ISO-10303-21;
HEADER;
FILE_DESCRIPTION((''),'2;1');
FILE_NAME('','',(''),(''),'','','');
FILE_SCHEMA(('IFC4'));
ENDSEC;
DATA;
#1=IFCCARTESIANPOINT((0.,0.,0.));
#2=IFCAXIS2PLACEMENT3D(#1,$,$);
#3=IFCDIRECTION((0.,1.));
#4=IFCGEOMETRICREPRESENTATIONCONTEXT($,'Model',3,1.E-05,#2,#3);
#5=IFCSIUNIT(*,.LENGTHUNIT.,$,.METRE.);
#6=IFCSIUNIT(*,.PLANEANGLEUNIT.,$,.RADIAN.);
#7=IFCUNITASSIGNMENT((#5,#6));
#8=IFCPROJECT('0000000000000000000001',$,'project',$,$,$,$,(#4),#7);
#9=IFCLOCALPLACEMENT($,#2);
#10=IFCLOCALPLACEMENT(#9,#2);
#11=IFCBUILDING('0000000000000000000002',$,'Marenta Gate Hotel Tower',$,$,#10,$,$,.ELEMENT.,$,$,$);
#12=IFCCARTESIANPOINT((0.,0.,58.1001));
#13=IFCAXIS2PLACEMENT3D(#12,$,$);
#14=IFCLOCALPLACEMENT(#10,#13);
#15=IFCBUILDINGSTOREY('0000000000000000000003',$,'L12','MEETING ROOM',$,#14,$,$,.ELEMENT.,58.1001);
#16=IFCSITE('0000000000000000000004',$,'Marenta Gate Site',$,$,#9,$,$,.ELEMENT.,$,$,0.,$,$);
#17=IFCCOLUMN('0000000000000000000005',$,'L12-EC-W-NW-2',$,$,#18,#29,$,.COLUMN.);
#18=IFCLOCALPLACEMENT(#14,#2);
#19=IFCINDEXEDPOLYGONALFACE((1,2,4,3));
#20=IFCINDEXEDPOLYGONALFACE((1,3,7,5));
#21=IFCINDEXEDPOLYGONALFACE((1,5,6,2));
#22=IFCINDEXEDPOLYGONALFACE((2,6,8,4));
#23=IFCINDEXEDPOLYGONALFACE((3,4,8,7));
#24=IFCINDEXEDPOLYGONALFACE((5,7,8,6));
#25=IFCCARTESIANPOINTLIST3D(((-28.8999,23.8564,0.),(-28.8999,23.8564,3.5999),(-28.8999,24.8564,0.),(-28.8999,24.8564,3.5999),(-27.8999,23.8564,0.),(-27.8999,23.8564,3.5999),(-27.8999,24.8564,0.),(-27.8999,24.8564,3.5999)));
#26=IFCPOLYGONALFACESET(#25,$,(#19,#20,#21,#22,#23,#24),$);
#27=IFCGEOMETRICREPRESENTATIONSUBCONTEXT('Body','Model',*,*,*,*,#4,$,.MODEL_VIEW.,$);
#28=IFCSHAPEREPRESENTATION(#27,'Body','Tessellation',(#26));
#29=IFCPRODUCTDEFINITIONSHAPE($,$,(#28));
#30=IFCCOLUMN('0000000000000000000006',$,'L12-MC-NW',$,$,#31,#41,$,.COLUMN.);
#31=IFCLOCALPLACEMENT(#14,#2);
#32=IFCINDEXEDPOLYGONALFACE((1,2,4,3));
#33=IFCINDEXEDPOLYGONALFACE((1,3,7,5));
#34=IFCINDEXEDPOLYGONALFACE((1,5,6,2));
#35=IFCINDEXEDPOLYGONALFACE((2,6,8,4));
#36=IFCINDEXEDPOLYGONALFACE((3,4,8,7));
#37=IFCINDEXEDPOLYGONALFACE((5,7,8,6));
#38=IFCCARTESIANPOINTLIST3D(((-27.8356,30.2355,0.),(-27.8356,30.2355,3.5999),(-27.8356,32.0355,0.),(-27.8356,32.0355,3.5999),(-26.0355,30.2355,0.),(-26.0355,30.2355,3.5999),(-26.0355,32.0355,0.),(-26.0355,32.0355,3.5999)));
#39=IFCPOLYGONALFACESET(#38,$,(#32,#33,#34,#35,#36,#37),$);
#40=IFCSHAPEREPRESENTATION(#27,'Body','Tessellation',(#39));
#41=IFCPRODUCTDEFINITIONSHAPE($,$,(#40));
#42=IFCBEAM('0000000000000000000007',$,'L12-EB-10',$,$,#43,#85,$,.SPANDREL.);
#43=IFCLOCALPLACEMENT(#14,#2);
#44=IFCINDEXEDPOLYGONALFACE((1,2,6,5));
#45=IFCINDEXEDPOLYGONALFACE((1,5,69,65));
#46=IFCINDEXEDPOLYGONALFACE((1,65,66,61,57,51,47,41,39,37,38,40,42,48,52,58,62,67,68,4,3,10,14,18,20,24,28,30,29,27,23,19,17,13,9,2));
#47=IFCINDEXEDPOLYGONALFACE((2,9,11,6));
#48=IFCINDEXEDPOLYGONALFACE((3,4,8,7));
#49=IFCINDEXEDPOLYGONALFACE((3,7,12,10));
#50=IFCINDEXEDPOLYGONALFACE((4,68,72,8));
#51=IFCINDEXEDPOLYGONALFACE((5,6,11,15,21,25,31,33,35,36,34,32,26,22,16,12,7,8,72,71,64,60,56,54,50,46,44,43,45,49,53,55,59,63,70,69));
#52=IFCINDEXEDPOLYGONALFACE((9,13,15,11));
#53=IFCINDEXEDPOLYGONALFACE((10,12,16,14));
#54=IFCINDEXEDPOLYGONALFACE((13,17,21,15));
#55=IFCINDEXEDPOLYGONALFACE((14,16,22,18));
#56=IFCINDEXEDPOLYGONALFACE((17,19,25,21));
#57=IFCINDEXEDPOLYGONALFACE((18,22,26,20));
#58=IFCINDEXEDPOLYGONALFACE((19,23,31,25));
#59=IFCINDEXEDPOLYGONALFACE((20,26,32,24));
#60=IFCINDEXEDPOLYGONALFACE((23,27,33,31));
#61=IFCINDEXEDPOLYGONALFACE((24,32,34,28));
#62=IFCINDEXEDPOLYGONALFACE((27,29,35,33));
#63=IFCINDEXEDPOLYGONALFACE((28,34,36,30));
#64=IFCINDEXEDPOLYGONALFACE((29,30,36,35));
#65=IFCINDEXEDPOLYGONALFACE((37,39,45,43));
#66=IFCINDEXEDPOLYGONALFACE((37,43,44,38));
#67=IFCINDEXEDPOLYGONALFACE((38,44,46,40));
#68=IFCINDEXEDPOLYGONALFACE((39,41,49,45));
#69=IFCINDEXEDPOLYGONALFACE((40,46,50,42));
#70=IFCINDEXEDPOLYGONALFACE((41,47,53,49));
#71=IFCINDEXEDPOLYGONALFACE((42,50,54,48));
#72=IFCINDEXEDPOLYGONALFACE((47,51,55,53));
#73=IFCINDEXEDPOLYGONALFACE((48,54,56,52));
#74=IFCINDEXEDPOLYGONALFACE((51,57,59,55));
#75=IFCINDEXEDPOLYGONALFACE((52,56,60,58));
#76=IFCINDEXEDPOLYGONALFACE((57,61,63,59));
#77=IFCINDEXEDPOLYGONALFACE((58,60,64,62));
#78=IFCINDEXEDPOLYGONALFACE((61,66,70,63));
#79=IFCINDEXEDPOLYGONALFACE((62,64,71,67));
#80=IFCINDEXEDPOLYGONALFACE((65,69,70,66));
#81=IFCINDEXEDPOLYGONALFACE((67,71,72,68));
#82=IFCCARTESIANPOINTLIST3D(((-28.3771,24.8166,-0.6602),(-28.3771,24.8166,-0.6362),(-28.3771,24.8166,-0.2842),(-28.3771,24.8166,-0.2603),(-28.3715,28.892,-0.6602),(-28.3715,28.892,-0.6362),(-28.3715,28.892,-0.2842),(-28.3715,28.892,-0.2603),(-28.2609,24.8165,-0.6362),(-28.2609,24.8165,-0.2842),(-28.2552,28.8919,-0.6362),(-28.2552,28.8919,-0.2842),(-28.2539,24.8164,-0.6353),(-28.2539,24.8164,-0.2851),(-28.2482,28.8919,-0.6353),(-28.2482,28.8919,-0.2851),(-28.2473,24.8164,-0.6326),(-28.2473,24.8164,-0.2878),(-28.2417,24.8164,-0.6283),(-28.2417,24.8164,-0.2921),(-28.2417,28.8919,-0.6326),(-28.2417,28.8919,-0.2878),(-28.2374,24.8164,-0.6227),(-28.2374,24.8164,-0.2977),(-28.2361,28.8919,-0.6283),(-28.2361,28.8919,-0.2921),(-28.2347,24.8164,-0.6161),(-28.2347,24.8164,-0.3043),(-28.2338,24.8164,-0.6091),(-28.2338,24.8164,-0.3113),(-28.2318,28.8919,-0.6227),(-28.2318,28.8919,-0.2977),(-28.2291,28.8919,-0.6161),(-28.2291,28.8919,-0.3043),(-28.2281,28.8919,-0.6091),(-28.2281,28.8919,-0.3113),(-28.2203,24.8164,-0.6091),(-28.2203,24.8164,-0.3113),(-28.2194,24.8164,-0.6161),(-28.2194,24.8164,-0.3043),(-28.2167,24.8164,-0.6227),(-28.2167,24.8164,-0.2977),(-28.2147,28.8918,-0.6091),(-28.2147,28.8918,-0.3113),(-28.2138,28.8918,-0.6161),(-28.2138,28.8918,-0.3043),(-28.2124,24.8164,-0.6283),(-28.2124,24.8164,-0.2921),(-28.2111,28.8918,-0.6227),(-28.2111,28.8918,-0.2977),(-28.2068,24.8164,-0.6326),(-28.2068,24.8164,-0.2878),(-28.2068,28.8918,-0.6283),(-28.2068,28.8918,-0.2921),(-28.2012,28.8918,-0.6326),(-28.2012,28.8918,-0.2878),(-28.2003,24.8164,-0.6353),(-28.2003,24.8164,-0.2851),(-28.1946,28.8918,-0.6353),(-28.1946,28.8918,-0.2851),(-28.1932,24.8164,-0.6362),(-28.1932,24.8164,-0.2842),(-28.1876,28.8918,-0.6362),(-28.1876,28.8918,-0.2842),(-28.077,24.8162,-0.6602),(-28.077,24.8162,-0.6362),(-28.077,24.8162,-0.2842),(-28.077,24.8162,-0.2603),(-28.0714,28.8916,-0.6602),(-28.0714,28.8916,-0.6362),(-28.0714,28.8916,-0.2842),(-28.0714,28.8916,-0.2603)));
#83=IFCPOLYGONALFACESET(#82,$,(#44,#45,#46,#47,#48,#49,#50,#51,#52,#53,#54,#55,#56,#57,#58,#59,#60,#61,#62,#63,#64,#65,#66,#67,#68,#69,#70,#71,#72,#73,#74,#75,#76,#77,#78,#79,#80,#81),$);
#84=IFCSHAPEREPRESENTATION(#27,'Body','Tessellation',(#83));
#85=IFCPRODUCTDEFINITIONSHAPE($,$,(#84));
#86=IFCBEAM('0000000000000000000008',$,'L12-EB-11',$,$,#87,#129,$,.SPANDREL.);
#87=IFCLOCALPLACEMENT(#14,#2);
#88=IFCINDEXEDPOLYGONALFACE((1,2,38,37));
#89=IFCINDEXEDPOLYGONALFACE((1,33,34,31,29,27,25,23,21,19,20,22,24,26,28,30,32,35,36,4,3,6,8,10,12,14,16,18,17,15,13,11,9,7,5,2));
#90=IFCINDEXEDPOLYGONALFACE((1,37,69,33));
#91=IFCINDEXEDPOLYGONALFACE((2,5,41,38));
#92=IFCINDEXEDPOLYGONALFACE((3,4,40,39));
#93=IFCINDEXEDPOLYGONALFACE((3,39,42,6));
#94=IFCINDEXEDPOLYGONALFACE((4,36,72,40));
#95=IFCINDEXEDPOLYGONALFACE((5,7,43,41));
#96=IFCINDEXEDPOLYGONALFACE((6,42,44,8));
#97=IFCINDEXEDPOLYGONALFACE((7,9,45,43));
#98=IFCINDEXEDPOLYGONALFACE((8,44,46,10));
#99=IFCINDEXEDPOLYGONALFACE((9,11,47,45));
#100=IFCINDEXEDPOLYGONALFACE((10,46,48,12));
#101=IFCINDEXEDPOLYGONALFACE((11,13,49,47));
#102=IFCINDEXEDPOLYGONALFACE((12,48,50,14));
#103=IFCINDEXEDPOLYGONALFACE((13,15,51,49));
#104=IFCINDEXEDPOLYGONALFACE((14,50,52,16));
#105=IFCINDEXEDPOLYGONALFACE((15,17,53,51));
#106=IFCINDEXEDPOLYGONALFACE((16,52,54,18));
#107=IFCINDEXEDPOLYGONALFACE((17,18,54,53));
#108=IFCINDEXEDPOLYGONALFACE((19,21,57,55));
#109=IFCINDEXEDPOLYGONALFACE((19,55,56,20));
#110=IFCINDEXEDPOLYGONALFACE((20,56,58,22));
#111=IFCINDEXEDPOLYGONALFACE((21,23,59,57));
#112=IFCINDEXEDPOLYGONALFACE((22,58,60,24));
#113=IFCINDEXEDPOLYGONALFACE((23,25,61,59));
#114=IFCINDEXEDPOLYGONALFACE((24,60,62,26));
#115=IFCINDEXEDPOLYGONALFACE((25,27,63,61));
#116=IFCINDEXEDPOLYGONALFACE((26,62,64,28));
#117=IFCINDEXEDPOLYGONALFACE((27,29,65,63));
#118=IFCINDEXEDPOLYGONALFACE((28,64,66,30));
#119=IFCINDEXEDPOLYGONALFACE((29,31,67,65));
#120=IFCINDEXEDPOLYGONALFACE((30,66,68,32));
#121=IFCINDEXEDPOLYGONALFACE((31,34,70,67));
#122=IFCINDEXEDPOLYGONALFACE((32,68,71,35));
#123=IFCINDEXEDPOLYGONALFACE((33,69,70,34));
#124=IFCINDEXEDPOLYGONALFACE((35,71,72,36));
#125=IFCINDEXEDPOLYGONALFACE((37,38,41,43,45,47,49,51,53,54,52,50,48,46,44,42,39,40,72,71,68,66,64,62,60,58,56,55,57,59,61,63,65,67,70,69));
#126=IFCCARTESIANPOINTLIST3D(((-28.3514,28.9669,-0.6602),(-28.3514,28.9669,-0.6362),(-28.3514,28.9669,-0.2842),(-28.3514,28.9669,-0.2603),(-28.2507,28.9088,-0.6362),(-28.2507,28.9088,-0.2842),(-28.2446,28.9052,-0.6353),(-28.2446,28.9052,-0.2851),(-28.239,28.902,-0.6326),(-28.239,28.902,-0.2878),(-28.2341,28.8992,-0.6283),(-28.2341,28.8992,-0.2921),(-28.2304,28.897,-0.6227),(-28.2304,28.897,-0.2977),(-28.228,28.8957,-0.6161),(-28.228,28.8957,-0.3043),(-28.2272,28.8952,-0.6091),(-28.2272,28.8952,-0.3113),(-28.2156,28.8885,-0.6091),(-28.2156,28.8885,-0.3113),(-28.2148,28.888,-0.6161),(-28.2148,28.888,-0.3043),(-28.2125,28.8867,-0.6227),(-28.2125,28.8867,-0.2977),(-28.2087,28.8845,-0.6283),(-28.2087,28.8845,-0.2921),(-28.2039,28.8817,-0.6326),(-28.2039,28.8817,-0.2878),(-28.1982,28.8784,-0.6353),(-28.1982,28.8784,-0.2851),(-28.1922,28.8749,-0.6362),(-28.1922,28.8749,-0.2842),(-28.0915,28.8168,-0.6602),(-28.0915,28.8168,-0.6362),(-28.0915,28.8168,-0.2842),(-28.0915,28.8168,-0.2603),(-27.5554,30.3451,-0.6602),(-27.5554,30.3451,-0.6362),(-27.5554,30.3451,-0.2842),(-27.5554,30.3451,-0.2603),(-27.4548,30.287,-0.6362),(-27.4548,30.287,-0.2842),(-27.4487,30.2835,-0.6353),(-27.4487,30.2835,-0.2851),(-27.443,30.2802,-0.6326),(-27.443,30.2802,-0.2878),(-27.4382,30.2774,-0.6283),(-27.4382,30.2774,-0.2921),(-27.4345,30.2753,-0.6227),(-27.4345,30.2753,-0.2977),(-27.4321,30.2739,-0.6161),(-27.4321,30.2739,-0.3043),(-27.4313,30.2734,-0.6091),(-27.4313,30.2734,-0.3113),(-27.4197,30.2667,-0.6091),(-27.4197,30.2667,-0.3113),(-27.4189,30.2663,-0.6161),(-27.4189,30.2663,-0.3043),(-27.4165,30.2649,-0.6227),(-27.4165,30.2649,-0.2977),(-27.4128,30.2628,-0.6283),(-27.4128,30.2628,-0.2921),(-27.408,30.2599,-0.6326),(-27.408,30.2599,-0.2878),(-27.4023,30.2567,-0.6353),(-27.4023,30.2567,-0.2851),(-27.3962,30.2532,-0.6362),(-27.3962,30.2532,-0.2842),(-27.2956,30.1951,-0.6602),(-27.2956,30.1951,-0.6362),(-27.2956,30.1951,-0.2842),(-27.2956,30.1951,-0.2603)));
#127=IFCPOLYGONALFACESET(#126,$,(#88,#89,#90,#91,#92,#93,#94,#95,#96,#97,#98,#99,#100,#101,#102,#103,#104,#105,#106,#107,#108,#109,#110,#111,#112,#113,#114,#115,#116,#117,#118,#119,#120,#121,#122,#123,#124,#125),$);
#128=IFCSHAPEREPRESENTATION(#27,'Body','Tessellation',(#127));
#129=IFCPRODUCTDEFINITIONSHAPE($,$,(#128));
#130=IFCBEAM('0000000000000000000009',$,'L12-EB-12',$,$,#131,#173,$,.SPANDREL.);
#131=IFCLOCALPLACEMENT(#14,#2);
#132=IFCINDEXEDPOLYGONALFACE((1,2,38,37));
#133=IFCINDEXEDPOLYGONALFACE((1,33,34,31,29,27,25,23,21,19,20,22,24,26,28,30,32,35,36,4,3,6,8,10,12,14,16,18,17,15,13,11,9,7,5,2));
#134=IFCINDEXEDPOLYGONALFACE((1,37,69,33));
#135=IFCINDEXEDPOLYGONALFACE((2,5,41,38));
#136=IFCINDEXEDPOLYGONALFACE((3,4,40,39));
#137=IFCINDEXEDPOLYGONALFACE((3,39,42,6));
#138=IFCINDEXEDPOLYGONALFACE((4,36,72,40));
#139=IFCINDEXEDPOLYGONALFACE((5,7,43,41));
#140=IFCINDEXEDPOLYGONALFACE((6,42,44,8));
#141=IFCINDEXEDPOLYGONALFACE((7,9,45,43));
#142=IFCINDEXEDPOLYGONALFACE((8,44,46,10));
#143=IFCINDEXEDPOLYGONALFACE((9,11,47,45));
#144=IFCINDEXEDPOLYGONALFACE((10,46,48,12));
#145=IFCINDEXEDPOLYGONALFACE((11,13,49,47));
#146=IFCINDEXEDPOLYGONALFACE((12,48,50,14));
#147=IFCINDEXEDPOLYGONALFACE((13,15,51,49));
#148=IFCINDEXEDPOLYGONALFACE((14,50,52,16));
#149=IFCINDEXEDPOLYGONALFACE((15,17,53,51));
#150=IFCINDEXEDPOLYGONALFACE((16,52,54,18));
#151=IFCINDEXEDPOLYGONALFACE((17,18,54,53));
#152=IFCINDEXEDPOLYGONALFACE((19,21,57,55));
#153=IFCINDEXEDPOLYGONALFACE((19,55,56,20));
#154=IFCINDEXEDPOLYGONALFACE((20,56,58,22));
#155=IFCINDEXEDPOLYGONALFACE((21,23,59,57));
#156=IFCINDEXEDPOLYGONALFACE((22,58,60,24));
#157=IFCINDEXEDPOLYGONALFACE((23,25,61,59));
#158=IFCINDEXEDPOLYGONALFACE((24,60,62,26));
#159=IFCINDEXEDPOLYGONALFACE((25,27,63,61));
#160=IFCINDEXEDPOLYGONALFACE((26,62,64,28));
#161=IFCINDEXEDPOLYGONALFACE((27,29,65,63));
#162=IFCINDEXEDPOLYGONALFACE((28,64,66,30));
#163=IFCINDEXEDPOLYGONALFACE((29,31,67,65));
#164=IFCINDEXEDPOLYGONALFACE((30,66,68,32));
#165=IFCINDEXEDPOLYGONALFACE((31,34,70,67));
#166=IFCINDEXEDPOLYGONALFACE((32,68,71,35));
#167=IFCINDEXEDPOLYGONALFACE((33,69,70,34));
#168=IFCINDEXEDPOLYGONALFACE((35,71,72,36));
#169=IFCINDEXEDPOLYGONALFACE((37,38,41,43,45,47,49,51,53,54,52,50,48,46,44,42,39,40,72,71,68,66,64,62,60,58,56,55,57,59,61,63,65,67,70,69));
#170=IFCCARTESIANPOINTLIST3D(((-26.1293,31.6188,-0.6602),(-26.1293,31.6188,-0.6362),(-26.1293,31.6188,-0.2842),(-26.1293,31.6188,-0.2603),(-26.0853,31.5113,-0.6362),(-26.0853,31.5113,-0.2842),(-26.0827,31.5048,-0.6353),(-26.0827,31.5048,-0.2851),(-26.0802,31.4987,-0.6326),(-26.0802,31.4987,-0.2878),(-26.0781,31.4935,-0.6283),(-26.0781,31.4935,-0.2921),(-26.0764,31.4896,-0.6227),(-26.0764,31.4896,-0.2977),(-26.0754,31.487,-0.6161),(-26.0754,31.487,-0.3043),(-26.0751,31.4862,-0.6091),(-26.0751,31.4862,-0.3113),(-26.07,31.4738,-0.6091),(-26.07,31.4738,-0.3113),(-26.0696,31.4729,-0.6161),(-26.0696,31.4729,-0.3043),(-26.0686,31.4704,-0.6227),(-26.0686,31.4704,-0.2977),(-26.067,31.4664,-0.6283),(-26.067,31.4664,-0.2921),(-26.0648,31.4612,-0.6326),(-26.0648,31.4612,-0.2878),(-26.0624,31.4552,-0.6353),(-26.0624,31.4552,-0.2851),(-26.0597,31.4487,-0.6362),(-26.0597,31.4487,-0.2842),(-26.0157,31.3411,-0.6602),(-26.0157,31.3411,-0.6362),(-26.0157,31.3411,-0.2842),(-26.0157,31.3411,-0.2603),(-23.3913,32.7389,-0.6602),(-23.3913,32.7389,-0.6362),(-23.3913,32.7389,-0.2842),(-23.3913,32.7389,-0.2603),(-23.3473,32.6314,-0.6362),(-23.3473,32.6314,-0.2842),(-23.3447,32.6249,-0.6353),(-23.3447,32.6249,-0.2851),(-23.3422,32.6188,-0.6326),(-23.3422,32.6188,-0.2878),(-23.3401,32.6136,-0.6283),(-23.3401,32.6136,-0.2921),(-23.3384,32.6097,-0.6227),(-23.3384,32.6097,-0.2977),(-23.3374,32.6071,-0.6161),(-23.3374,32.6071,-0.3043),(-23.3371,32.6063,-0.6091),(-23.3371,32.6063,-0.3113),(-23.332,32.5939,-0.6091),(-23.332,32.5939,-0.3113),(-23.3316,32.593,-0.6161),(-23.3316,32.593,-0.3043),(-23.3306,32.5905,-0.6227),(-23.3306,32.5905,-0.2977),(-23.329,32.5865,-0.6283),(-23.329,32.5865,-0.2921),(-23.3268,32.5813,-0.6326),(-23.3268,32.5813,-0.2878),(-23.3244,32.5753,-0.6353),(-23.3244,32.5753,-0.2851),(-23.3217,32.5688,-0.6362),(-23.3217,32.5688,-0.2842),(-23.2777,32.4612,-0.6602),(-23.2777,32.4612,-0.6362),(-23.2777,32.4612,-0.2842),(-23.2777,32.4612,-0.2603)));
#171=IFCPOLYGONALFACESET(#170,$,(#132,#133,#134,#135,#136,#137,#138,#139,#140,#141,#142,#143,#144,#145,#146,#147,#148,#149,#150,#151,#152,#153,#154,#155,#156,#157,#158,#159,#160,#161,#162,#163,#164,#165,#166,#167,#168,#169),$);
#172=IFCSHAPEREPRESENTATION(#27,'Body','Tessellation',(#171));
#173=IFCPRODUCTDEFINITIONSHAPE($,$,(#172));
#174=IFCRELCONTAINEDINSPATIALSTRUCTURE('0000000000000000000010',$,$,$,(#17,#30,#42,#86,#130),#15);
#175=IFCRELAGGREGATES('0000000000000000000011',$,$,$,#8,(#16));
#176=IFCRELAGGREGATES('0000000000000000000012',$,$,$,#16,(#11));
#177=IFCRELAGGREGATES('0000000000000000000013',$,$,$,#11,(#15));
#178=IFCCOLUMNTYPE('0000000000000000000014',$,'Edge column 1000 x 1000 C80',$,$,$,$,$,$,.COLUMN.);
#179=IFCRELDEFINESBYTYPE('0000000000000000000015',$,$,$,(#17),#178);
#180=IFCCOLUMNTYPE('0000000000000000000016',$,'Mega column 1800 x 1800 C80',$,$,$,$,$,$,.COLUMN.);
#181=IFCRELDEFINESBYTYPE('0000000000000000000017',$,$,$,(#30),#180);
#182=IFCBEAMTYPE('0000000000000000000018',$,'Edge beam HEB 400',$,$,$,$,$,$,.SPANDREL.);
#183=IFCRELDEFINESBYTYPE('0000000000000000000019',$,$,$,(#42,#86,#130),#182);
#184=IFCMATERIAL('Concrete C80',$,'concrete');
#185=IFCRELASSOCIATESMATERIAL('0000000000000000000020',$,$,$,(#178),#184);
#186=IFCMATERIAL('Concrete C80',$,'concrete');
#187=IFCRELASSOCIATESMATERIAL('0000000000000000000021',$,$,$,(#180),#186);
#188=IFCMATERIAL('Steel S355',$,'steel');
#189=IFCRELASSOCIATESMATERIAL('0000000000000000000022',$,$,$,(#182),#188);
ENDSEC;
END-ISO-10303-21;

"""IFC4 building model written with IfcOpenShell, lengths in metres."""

from ifc_helpers import new_model, si_unit, direction, frame, origin, origin_2d, place, context, subcontext, project, spatial, rectangle, i_section, extrude, material, material_profile, profile_set, type_object, element, save


model = new_model("IFC4")

# Units and contexts
model_context = context("Model", 3, precision=1e-05, world=origin(), true_north=direction((0.0, 1.0)))
body_context = subcontext(model_context, "Body", "Model", "MODEL_VIEW")
ifc_project = project(units=[si_unit("LENGTHUNIT", "METRE"), si_unit("PLANEANGLEUNIT", "RADIAN")], contexts=[model_context])

# Site, building, storey
site_placement = place(None, origin())
site = spatial("IfcSite", under=ifc_project, at=site_placement, Name="Marenta Gate Site", CompositionType="ELEMENT", RefElevation=0.0)
building_placement = place(site_placement, origin())
building = spatial("IfcBuilding", under=site, at=building_placement, Name="Marenta Gate Hotel Tower", CompositionType="ELEMENT")
storey_placement = place(building_placement, frame((0.0, 0.0, 58.1001)))
storey = spatial("IfcBuildingStorey", under=building, at=storey_placement, Name="L12", Description="MEETING ROOM", CompositionType="ELEMENT", Elevation=58.1001)

# Columns
ifc_material_1 = material(Name="Concrete C80", Category="concrete")
ifc_material_profile_1 = material_profile(ifc_material_1, rectangle(XDim=1.0, YDim=1.0, at=origin_2d()), Name="1000 x 1000")
ifc_profile_set_1 = profile_set([ifc_material_profile_1], Name="Concrete C80")
column_type_1 = type_object("IfcColumnType", Name="Edge column 1000 x 1000 C80", PredefinedType="COLUMN", material=ifc_profile_set_1)
column_1_placement = place(storey_placement, frame((-28.3999, 24.3564, 0.0), z_axis=(0.0, 0.0, 1.0), x_axis=(1.0, 0.0, 0.0)))
element("IfcColumn", 1, at=column_1_placement, inside=storey, type_object=column_type_1, Name="L12-EC-W-NW-2", PredefinedType="COLUMN", context=body_context, shape_type="SweptSolid", body=[
    extrude(rectangle(XDim=1.0, YDim=1.0, at=origin_2d()), origin(), (0.0, 0.0, 1.0), 3.5999),
])
ifc_material_2 = material(Name="Concrete C80", Category="concrete")
ifc_material_profile_2 = material_profile(ifc_material_2, rectangle(XDim=1.8, YDim=1.8, at=origin_2d()), Name="1800 x 1800")
ifc_profile_set_2 = profile_set([ifc_material_profile_2], Name="Concrete C80")
column_type_2 = type_object("IfcColumnType", Name="Mega column 1800 x 1800 C80", PredefinedType="COLUMN", material=ifc_profile_set_2)
column_2_placement = place(storey_placement, frame((-26.9355, 31.1355, 0.0), z_axis=(0.0, 0.0, 1.0), x_axis=(1.0, 0.0, 0.0)))
element("IfcColumn", 2, at=column_2_placement, inside=storey, type_object=column_type_2, Name="L12-MC-NW", PredefinedType="COLUMN", context=body_context, shape_type="SweptSolid", body=[
    extrude(rectangle(XDim=1.8, YDim=1.8, at=origin_2d()), origin(), (0.0, 0.0, 1.0), 3.5999),
])

# Beams
ifc_material_3 = material(Name="Steel S355", Category="steel")
ifc_material_profile_3 = material_profile(ifc_material_3, i_section(OverallWidth=0.3, OverallDepth=0.3999, WebThickness=0.0134, FlangeThickness=0.0239, FilletRadius=0.0271, at=origin_2d()), Name="HEB 400")
ifc_profile_set_3 = profile_set([ifc_material_profile_3], Name="Steel S355")
beam_type_1 = type_object("IfcBeamType", Name="Edge beam HEB 400", PredefinedType="SPANDREL", material=ifc_profile_set_3)
beam_1_placement = place(storey_placement, frame((-28.2271, 24.8164, -0.4602), z_axis=(0.001378, 0.999999, 0.0), x_axis=(-0.999999, 0.001378, 0.0)))
element("IfcBeam", 3, at=beam_1_placement, inside=storey, type_object=beam_type_1, Name="L12-EB-10", PredefinedType="SPANDREL", context=body_context, shape_type="SweptSolid", body=[
    extrude(i_section(OverallWidth=0.3, OverallDepth=0.3999, WebThickness=0.0134, FlangeThickness=0.0239, FilletRadius=0.0271, at=origin_2d()), origin(), (0.0, 0.0, 1.0), 4.0754),
])
beam_2_placement = place(storey_placement, frame((-28.2214, 28.8918, -0.4602), z_axis=(0.500099, 0.865968, 0.0), x_axis=(-0.865968, 0.500099, 0.0)))
element("IfcBeam", 4, at=beam_2_placement, inside=storey, type_object=beam_type_1, Name="L12-EB-11", PredefinedType="SPANDREL", context=body_context, shape_type="SweptSolid", body=[
    extrude(i_section(OverallWidth=0.3, OverallDepth=0.3999, WebThickness=0.0134, FlangeThickness=0.0239, FilletRadius=0.0271, at=origin_2d()), origin(), (0.0, 0.0, 1.0), 1.5916),
])
beam_3_placement = place(storey_placement, frame((-26.0725, 31.48, -0.4602), z_axis=(0.925546, 0.378636, 0.0), x_axis=(-0.378636, 0.925546, 0.0)))
element("IfcBeam", 5, at=beam_3_placement, inside=storey, type_object=beam_type_1, Name="L12-EB-12", PredefinedType="SPANDREL", context=body_context, shape_type="SweptSolid", body=[
    extrude(i_section(OverallWidth=0.3, OverallDepth=0.3999, WebThickness=0.0134, FlangeThickness=0.0239, FilletRadius=0.0271, at=origin_2d()), origin(), (0.0, 0.0, 1.0), 2.9583),
])

save(model, "model.ifc")
